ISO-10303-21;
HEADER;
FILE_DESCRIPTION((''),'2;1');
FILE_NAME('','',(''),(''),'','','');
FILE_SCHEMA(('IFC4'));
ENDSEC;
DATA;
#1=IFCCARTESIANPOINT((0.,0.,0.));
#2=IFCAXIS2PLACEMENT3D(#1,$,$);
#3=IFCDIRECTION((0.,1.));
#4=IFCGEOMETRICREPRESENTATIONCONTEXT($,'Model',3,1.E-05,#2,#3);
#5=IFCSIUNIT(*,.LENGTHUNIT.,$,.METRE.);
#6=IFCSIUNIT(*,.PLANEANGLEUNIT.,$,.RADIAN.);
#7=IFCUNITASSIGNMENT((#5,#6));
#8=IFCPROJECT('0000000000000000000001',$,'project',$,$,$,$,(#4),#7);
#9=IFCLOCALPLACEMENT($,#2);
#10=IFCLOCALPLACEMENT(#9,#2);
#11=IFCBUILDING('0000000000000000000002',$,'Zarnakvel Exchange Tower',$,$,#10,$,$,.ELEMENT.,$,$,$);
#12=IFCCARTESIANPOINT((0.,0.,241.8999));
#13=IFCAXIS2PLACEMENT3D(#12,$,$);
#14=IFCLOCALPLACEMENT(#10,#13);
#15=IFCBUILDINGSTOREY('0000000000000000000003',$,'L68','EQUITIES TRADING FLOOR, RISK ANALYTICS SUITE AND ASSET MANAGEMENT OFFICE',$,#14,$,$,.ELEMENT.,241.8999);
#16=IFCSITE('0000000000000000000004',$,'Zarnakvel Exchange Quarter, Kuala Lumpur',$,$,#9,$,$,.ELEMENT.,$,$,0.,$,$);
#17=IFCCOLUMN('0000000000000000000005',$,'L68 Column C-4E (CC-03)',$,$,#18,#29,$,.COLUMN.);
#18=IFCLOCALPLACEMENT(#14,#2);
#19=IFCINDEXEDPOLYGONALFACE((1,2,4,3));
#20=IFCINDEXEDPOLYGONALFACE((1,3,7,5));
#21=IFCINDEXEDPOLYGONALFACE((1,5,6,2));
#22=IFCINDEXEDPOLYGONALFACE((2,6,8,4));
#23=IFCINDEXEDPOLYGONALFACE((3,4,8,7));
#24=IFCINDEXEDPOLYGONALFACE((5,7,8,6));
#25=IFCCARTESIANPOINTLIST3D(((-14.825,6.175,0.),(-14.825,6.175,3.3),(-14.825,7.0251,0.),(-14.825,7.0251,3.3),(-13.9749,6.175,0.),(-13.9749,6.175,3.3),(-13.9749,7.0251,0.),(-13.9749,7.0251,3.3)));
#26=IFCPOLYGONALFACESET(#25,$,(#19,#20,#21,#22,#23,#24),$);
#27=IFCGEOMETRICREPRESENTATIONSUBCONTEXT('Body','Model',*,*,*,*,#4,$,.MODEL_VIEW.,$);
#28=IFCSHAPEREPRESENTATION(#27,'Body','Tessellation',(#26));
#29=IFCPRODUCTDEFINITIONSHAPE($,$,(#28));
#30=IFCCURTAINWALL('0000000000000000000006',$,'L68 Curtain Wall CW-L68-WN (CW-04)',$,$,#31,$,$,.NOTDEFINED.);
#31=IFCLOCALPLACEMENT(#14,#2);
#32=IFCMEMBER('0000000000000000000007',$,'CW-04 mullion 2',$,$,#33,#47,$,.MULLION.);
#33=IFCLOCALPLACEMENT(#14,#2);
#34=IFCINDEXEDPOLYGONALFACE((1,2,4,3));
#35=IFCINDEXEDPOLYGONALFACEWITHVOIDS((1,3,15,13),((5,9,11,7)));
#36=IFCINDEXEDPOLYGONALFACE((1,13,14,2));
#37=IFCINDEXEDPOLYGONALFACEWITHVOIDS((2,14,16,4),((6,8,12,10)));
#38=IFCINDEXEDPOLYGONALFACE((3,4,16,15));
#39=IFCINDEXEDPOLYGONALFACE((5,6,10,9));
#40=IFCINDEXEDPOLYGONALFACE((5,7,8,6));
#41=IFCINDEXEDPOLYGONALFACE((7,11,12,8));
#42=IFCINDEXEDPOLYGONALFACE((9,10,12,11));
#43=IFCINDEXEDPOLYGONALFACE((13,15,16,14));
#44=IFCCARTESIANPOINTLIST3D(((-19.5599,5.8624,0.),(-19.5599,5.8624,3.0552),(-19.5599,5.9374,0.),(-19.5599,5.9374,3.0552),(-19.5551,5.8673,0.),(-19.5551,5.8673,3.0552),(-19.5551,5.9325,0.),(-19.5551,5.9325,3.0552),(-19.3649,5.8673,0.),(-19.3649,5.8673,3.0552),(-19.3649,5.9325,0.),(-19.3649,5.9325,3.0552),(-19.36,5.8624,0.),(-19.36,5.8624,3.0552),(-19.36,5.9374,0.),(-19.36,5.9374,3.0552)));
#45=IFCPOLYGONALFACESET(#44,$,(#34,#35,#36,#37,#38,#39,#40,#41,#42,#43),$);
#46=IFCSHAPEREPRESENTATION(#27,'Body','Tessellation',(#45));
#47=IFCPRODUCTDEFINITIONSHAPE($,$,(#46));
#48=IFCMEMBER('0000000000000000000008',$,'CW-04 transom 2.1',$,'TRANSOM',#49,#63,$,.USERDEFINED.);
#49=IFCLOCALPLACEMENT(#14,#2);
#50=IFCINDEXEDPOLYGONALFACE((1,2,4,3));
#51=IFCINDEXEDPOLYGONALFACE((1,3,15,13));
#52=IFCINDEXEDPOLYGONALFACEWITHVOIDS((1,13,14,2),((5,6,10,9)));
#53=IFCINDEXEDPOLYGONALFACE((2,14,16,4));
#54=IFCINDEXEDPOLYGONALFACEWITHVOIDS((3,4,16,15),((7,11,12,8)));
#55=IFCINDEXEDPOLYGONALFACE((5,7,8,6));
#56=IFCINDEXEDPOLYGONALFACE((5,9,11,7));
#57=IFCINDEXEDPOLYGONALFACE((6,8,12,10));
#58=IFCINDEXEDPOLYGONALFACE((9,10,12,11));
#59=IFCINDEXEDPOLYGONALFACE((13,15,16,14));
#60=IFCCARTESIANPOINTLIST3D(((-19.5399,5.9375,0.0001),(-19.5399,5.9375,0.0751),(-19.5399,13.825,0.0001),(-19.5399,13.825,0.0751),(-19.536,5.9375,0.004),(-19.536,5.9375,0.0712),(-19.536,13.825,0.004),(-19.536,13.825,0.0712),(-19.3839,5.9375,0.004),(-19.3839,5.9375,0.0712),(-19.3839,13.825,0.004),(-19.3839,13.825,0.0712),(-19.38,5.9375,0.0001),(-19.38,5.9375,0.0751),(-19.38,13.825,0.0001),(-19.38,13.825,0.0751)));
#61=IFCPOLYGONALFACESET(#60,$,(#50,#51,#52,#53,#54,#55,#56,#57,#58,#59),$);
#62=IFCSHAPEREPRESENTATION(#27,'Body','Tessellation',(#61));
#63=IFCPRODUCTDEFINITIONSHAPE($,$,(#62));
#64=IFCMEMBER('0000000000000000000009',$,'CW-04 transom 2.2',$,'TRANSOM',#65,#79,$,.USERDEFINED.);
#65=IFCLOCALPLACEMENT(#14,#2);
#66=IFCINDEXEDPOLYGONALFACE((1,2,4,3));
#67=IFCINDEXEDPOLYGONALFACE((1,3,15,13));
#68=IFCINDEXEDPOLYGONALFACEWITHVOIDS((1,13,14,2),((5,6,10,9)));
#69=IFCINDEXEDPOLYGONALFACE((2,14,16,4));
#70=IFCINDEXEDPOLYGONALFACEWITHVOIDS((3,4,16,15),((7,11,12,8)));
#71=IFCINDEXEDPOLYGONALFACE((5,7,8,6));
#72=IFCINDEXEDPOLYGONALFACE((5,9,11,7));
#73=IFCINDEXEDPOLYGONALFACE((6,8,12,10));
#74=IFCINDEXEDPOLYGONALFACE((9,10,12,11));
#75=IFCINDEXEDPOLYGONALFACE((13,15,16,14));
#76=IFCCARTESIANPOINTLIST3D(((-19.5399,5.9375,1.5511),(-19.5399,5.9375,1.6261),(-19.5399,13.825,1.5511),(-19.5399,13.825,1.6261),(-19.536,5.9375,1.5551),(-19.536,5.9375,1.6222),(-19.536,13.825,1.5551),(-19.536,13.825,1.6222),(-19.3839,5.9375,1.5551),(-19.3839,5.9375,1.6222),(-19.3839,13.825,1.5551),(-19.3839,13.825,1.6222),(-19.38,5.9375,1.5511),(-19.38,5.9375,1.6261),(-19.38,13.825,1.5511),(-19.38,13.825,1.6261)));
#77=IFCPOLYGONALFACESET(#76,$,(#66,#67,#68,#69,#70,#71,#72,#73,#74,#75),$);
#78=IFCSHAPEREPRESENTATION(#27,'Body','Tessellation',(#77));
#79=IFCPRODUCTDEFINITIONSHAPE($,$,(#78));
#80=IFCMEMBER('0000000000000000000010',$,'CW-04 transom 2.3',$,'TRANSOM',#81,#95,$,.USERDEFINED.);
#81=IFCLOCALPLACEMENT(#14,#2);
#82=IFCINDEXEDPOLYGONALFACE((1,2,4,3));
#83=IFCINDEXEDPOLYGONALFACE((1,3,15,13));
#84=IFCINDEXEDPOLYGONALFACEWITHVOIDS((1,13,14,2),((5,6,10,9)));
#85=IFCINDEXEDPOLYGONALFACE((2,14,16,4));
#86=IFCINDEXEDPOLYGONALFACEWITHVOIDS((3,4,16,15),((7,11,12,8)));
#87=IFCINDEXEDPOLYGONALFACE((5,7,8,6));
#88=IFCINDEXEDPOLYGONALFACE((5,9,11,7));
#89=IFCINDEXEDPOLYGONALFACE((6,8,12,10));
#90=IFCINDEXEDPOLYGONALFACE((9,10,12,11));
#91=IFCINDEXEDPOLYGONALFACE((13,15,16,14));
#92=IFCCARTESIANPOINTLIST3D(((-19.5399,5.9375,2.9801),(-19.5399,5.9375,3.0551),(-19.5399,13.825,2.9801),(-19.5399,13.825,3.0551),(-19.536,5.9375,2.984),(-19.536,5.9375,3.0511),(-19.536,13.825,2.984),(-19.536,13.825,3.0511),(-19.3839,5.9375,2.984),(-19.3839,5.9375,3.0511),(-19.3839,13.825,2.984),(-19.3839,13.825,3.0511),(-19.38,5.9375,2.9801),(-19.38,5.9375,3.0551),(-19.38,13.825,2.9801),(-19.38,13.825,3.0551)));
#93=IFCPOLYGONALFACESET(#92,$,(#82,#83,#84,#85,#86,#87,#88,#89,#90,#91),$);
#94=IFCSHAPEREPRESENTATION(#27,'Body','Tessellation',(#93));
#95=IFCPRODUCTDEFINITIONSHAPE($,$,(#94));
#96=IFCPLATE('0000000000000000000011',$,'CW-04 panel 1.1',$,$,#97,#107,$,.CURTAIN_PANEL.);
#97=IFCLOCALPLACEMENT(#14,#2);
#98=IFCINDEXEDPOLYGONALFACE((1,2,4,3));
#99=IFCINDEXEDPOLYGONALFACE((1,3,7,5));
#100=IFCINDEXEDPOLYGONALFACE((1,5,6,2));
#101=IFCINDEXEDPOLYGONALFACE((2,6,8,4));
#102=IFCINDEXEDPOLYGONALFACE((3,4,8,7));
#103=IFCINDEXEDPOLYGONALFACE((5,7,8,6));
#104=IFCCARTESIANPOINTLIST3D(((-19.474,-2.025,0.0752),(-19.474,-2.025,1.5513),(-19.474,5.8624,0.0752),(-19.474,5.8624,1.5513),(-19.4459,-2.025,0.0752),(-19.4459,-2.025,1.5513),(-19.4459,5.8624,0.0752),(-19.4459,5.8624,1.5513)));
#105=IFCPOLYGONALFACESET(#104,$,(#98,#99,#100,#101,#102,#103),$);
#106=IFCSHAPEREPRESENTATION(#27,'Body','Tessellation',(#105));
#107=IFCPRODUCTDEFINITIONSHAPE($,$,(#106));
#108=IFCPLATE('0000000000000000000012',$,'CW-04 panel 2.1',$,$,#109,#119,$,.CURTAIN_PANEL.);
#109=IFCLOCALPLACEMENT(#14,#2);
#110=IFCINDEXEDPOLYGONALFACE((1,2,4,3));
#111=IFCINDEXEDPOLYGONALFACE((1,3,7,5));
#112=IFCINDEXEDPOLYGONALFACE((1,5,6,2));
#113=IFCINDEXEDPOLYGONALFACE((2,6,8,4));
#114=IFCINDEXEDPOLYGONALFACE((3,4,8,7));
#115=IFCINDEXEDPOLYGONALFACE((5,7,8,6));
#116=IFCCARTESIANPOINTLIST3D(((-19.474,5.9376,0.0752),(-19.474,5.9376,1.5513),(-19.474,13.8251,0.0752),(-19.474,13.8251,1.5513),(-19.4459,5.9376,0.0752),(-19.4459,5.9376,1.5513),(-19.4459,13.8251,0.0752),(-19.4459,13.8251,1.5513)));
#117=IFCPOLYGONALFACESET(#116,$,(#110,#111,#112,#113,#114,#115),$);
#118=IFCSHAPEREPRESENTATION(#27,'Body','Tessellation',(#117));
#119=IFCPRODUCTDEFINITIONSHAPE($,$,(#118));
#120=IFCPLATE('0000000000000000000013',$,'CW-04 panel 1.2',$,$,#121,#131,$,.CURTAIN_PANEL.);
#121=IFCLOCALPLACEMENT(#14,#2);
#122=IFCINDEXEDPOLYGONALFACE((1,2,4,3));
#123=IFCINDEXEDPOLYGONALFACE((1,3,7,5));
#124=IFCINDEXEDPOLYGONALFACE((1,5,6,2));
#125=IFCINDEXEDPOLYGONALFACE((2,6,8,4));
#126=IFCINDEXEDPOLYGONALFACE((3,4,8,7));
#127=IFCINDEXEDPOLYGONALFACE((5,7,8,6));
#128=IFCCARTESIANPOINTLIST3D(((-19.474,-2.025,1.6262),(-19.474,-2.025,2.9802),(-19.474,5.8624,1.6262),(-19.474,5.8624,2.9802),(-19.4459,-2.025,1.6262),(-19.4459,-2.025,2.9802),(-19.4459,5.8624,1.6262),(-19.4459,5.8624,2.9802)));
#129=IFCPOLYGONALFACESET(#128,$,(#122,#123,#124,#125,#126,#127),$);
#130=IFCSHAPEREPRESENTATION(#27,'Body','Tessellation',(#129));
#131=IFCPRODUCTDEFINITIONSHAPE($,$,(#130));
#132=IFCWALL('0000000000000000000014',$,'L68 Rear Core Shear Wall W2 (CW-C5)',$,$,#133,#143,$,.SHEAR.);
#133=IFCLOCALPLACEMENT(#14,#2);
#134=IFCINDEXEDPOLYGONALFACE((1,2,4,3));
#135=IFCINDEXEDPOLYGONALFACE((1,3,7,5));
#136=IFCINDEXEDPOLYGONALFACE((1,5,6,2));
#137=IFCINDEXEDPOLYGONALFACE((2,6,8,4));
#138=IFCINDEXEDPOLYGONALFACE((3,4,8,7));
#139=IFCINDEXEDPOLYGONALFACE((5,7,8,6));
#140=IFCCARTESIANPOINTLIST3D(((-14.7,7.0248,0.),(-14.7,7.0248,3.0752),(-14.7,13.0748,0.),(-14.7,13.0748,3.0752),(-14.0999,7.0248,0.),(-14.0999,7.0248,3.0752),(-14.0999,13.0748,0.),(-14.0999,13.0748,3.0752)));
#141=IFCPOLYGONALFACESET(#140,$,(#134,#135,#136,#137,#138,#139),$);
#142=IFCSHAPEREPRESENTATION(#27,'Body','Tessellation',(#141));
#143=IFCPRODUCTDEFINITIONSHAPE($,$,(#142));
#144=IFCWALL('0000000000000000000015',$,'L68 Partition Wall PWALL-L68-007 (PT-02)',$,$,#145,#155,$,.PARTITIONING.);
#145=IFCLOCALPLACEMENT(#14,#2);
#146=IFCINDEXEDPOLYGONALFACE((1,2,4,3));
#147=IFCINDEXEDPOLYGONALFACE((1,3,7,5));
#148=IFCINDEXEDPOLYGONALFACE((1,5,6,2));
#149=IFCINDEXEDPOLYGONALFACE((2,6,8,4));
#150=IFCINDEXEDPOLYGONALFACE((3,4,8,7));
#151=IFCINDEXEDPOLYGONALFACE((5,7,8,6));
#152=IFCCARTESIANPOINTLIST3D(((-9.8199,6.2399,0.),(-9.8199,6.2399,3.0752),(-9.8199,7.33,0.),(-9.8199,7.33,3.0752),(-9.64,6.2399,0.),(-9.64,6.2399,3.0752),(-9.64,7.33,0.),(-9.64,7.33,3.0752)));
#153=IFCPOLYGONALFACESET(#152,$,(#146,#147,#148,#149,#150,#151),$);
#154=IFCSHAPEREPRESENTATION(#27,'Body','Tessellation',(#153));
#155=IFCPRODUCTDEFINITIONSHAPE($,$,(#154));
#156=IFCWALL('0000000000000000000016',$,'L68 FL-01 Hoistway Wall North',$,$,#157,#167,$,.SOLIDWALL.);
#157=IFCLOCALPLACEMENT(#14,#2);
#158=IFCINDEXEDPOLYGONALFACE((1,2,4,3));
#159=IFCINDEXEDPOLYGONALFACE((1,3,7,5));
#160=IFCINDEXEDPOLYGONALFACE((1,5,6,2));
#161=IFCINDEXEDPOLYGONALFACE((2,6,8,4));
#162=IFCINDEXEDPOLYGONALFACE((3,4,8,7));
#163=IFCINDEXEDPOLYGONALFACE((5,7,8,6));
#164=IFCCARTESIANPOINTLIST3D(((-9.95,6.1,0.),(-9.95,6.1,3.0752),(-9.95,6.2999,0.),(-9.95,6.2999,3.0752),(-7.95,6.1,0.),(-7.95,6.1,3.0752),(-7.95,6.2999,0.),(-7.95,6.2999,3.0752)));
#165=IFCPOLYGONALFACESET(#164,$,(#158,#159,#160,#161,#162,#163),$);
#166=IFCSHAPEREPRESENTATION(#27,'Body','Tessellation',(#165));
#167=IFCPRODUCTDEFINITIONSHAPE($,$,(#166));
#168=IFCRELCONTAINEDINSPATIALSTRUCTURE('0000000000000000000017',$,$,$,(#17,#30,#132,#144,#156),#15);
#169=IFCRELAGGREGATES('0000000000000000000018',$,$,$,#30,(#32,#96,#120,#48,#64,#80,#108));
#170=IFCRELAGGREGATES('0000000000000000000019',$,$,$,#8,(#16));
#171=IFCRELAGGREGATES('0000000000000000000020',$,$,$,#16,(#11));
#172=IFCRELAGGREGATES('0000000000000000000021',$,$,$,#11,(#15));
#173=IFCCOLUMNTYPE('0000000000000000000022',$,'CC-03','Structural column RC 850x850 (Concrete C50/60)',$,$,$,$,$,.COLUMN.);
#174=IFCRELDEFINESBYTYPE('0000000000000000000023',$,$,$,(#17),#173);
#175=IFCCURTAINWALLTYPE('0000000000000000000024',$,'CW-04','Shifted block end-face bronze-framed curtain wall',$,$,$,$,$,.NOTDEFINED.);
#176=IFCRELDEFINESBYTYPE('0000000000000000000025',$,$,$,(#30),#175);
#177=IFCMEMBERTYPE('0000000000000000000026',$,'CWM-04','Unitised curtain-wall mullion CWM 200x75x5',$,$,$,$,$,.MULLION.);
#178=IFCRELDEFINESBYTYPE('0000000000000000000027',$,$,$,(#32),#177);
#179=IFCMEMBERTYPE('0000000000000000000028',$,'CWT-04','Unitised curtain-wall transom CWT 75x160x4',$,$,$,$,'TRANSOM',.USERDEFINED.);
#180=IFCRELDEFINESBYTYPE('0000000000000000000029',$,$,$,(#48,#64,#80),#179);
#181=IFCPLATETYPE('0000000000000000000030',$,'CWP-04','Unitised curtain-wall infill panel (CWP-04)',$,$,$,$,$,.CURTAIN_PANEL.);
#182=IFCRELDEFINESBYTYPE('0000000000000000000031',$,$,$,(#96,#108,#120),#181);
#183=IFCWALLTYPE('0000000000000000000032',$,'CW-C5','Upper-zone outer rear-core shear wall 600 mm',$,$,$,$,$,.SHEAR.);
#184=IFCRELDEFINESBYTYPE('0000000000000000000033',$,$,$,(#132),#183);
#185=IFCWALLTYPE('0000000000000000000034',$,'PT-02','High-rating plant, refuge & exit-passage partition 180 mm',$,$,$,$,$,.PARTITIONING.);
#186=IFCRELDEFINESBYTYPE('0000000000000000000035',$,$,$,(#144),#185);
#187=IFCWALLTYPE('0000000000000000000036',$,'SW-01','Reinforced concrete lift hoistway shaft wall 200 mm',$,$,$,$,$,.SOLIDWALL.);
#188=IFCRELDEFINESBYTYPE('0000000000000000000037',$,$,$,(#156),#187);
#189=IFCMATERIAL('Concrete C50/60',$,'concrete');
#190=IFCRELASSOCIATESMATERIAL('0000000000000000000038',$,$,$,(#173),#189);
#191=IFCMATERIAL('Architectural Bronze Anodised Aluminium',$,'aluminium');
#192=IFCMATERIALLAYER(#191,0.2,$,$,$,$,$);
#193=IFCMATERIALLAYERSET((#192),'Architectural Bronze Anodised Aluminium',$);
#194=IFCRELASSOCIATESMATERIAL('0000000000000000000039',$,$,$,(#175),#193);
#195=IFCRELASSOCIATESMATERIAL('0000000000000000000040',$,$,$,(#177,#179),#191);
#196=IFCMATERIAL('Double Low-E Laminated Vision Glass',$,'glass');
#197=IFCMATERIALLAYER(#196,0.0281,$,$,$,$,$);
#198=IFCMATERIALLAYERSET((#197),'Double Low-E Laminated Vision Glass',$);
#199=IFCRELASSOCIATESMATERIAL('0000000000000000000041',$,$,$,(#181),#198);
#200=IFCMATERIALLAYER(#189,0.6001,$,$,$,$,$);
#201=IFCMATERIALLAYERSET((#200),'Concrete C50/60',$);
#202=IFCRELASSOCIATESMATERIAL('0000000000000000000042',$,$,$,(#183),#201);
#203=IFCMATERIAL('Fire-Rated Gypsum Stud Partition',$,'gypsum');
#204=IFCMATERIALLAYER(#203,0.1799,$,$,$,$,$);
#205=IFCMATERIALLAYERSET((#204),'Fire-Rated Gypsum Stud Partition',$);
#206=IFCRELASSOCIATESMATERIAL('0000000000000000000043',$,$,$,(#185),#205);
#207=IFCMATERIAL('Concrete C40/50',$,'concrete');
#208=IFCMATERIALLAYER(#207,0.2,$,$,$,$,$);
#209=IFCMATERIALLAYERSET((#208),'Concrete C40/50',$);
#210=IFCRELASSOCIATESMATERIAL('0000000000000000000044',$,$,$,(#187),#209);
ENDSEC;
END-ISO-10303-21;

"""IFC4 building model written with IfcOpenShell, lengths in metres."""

from ifc_helpers import new_model, si_unit, direction, frame, frame_2d, origin, origin_2d, place, context, subcontext, project, spatial, rectangle, hollow_rectangle, extrude, source, transform, mapped, material, layer, layer_set, material_profile, profile_set, type_object, element, aggregate, save


model = new_model("IFC4")

# Units and contexts
model_context = context("Model", 3, precision=1e-05, world=origin(), true_north=direction((0.0, 1.0)))
body_context = subcontext(model_context, "Body", "Model", "MODEL_VIEW")
ifc_project = project(units=[si_unit("LENGTHUNIT", "METRE"), si_unit("PLANEANGLEUNIT", "RADIAN")], contexts=[model_context])

# Site, building, storey
site_placement = place(None, origin())
site = spatial("IfcSite", under=ifc_project, at=site_placement, Name="Zarnakvel Exchange Quarter, Kuala Lumpur", CompositionType="ELEMENT", RefElevation=0.0)
building_placement = place(site_placement, origin())
building = spatial("IfcBuilding", under=site, at=building_placement, Name="Zarnakvel Exchange Tower", CompositionType="ELEMENT")
storey_placement = place(building_placement, frame((0.0, 0.0, 241.8999)))
storey = spatial("IfcBuildingStorey", under=building, at=storey_placement, Name="L68", Description="EQUITIES TRADING FLOOR, RISK ANALYTICS SUITE AND ASSET MANAGEMENT OFFICE", CompositionType="ELEMENT", Elevation=241.8999)

# Column
ifc_material_1 = material(Name="Concrete C50/60", Category="concrete")
ifc_material_profile_1 = material_profile(ifc_material_1, rectangle(XDim=0.8501, YDim=0.8501, at=origin_2d()))
ifc_profile_set_1 = profile_set([ifc_material_profile_1], Name="Concrete C50/60")
column_type = type_object("IfcColumnType", Name="CC-03", Description="Structural column RC 850x850 (Concrete C50/60)", PredefinedType="COLUMN", material=ifc_profile_set_1)
column_placement = place(storey_placement, frame((-14.3999, 6.6001, 0.0), z_axis=(0.0, 0.0, 1.0), x_axis=(1.0, 0.0, 0.0)))
element("IfcColumn", 1, at=column_placement, inside=storey, type_object=column_type, Name="L68 Column C-4E (CC-03)", PredefinedType="COLUMN", context=body_context, shape_type="SweptSolid", body=[
    extrude(rectangle(XDim=0.8501, YDim=0.8501, at=origin_2d()), origin(), (0.0, 0.0, 1.0), 3.3),
])

# Curtain wall, members, plates
ifc_material_2 = material(Name="Architectural Bronze Anodised Aluminium", Category="aluminium")
ifc_layer_1 = layer(ifc_material_2, 0.2)
ifc_layer_set_1 = layer_set([ifc_layer_1], Name="Architectural Bronze Anodised Aluminium")
curtain_wall_type = type_object("IfcCurtainWallType", Name="CW-04", Description="Shifted block end-face bronze-framed curtain wall", PredefinedType="NOTDEFINED", material=ifc_layer_set_1)
curtain_wall_placement = place(storey_placement, origin())
curtain_wall = element("IfcCurtainWall", 2, at=curtain_wall_placement, inside=storey, type_object=curtain_wall_type, Name="L68 Curtain Wall CW-L68-WN (CW-04)", PredefinedType="NOTDEFINED")
ifc_material_profile_2 = material_profile(ifc_material_2, hollow_rectangle(XDim=0.2, YDim=0.075, WallThickness=0.0049, at=origin_2d()))
ifc_profile_set_2 = profile_set([ifc_material_profile_2], Name="Architectural Bronze Anodised Aluminium")
member_type_1 = type_object("IfcMemberType", Name="CWM-04", Description="Unitised curtain-wall mullion CWM 200x75x5", PredefinedType="MULLION", material=ifc_profile_set_2)
shared_shape_1 = source(origin(), body_context, "Body", "SweptSolid", [
    extrude(hollow_rectangle(XDim=0.2, YDim=0.075, WallThickness=0.0049, at=origin_2d()), origin(), (0.0, 0.0, 1.0), 3.0552),
])
member_1_placement = place(storey_placement, frame((-19.46, 5.8999, 0.0), z_axis=(0.0, 0.0, 1.0), x_axis=(-1.0, 0.0, 0.0)))
member_1 = element("IfcMember", 3, at=member_1_placement, type_object=member_type_1, Name="CW-04 mullion 2", PredefinedType="MULLION", context=body_context, shape_type="MappedRepresentation", body=[
    mapped(shared_shape_1, transform((0.0, 0.0, 0.0), x_axis=(1.0, 0.0, 0.0), y_axis=(0.0, 1.0, 0.0), z_axis=(0.0, 0.0, 1.0), scale=1.0)),
])
ifc_material_profile_3 = material_profile(ifc_material_2, hollow_rectangle(XDim=0.1599, YDim=0.075, WallThickness=0.0039, at=origin_2d()))
ifc_profile_set_3 = profile_set([ifc_material_profile_3], Name="Architectural Bronze Anodised Aluminium")
member_type_2 = type_object("IfcMemberType", Name="CWT-04", Description="Unitised curtain-wall transom CWT 75x160x4", ElementType="TRANSOM", PredefinedType="USERDEFINED", material=ifc_profile_set_3)
shared_shape_2 = source(origin(), body_context, "Body", "SweptSolid", [
    extrude(hollow_rectangle(XDim=0.1599, YDim=0.075, WallThickness=0.0039, at=origin_2d()), origin(), (0.0, 0.0, 1.0), 7.8875),
])
member_2_placement = place(storey_placement, frame((-19.46, 5.9375, 0.0376), z_axis=(0.0, 1.0, 0.0), x_axis=(-1.0, 0.0, 0.0)))
member_2 = element("IfcMember", 4, at=member_2_placement, type_object=member_type_2, Name="CW-04 transom 2.1", ObjectType="TRANSOM", PredefinedType="USERDEFINED", context=body_context, shape_type="MappedRepresentation", body=[
    mapped(shared_shape_2, transform((0.0, 0.0, 0.0), x_axis=(1.0, 0.0, 0.0), y_axis=(0.0, 1.0, 0.0), z_axis=(0.0, 0.0, 1.0), scale=1.0)),
])
member_3_placement = place(storey_placement, frame((-19.46, 5.9375, 1.5886), z_axis=(0.0, 1.0, 0.0), x_axis=(-1.0, 0.0, 0.0)))
member_3 = element("IfcMember", 5, at=member_3_placement, type_object=member_type_2, Name="CW-04 transom 2.2", ObjectType="TRANSOM", PredefinedType="USERDEFINED", context=body_context, shape_type="MappedRepresentation", body=[
    mapped(shared_shape_2, transform((0.0, 0.0, 0.0), x_axis=(1.0, 0.0, 0.0), y_axis=(0.0, 1.0, 0.0), z_axis=(0.0, 0.0, 1.0), scale=1.0)),
])
member_4_placement = place(storey_placement, frame((-19.46, 5.9375, 3.0176), z_axis=(0.0, 1.0, 0.0), x_axis=(-1.0, 0.0, 0.0)))
member_4 = element("IfcMember", 6, at=member_4_placement, type_object=member_type_2, Name="CW-04 transom 2.3", ObjectType="TRANSOM", PredefinedType="USERDEFINED", context=body_context, shape_type="MappedRepresentation", body=[
    mapped(shared_shape_2, transform((0.0, 0.0, 0.0), x_axis=(1.0, 0.0, 0.0), y_axis=(0.0, 1.0, 0.0), z_axis=(0.0, 0.0, 1.0), scale=1.0)),
])
ifc_material_3 = material(Name="Double Low-E Laminated Vision Glass", Category="glass")
ifc_layer_2 = layer(ifc_material_3, 0.0281)
ifc_layer_set_2 = layer_set([ifc_layer_2], Name="Double Low-E Laminated Vision Glass")
plate_type = type_object("IfcPlateType", Name="CWP-04", Description="Unitised curtain-wall infill panel (CWP-04)", PredefinedType="CURTAIN_PANEL", material=ifc_layer_set_2)
shared_shape_3 = source(origin(), body_context, "Body", "SweptSolid", [
    extrude(rectangle(XDim=7.8875, YDim=0.0281, at=origin_2d()), origin(), (0.0, 0.0, 1.0), 1.4761),
])
plate_1_placement = place(storey_placement, frame((-19.46, 1.9187, 0.0752), z_axis=(0.0, 0.0, 1.0), x_axis=(0.0, 1.0, 0.0)))
plate_1 = element("IfcPlate", 7, at=plate_1_placement, type_object=plate_type, Name="CW-04 panel 1.1", PredefinedType="CURTAIN_PANEL", context=body_context, shape_type="MappedRepresentation", body=[
    mapped(shared_shape_3, transform((0.0, 0.0, 0.0), x_axis=(1.0, 0.0, 0.0), y_axis=(0.0, 1.0, 0.0), z_axis=(0.0, 0.0, 1.0), scale=1.0)),
])
plate_2_placement = place(storey_placement, frame((-19.46, 9.8813, 0.0752), z_axis=(0.0, 0.0, 1.0), x_axis=(0.0, 1.0, 0.0)))
plate_2 = element("IfcPlate", 8, at=plate_2_placement, type_object=plate_type, Name="CW-04 panel 2.1", PredefinedType="CURTAIN_PANEL", context=body_context, shape_type="MappedRepresentation", body=[
    mapped(shared_shape_3, transform((0.0, 0.0, 0.0), x_axis=(1.0, 0.0, 0.0), y_axis=(0.0, 1.0, 0.0), z_axis=(0.0, 0.0, 1.0), scale=1.0)),
])
shared_shape_4 = source(origin(), body_context, "Body", "SweptSolid", [
    extrude(rectangle(XDim=7.8875, YDim=0.0281, at=origin_2d()), origin(), (0.0, 0.0, 1.0), 1.354),
])
plate_3_placement = place(storey_placement, frame((-19.46, 1.9187, 1.6262), z_axis=(0.0, 0.0, 1.0), x_axis=(0.0, 1.0, 0.0)))
plate_3 = element("IfcPlate", 9, at=plate_3_placement, type_object=plate_type, Name="CW-04 panel 1.2", PredefinedType="CURTAIN_PANEL", context=body_context, shape_type="MappedRepresentation", body=[
    mapped(shared_shape_4, transform((0.0, 0.0, 0.0), x_axis=(1.0, 0.0, 0.0), y_axis=(0.0, 1.0, 0.0), z_axis=(0.0, 0.0, 1.0), scale=1.0)),
])
aggregate(curtain_wall, [member_1, plate_1, plate_3, member_2, member_3, member_4, plate_2])

# Walls
ifc_layer_3 = layer(ifc_material_1, 0.6001)
ifc_layer_set_3 = layer_set([ifc_layer_3], Name="Concrete C50/60")
wall_type_1 = type_object("IfcWallType", Name="CW-C5", Description="Upper-zone outer rear-core shear wall 600 mm", PredefinedType="SHEAR", material=ifc_layer_set_3)
wall_1_placement = place(storey_placement, frame((-14.3999, 7.0249, 0.0), z_axis=(0.0, 0.0, 1.0), x_axis=(0.0, 1.0, 0.0)))
element("IfcWall", 10, at=wall_1_placement, inside=storey, type_object=wall_type_1, Name="L68 Rear Core Shear Wall W2 (CW-C5)", PredefinedType="SHEAR", context=body_context, shape_type="SweptSolid", body=[
    extrude(rectangle(XDim=6.05, YDim=0.6001, at=frame_2d((3.0249, 0.0))), origin(), (0.0, 0.0, 1.0), 3.0752),
])
ifc_material_4 = material(Name="Fire-Rated Gypsum Stud Partition", Category="gypsum")
ifc_layer_4 = layer(ifc_material_4, 0.1799)
ifc_layer_set_4 = layer_set([ifc_layer_4], Name="Fire-Rated Gypsum Stud Partition")
wall_type_2 = type_object("IfcWallType", Name="PT-02", Description="High-rating plant, refuge & exit-passage partition 180 mm", PredefinedType="PARTITIONING", material=ifc_layer_set_4)
wall_2_placement = place(storey_placement, frame((-9.73, 6.24, 0.0), z_axis=(0.0, 0.0, 1.0), x_axis=(0.0, 1.0, 0.0)))
element("IfcWall", 11, at=wall_2_placement, inside=storey, type_object=wall_type_2, Name="L68 Partition Wall PWALL-L68-007 (PT-02)", PredefinedType="PARTITIONING", context=body_context, shape_type="SweptSolid", body=[
    extrude(rectangle(XDim=1.0901, YDim=0.1799, at=frame_2d((0.5449, 0.0))), origin(), (0.0, 0.0, 1.0), 3.0752),
])
ifc_material_5 = material(Name="Concrete C40/50", Category="concrete")
ifc_layer_5 = layer(ifc_material_5, 0.2)
ifc_layer_set_5 = layer_set([ifc_layer_5], Name="Concrete C40/50")
wall_type_3 = type_object("IfcWallType", Name="SW-01", Description="Reinforced concrete lift hoistway shaft wall 200 mm", PredefinedType="SOLIDWALL", material=ifc_layer_set_5)
wall_3_placement = place(storey_placement, frame((-9.95, 6.2, 0.0), z_axis=(0.0, 0.0, 1.0), x_axis=(1.0, 0.0, 0.0)))
element("IfcWall", 12, at=wall_3_placement, inside=storey, type_object=wall_type_3, Name="L68 FL-01 Hoistway Wall North", PredefinedType="SOLIDWALL", context=body_context, shape_type="SweptSolid", body=[
    extrude(rectangle(XDim=2.0, YDim=0.2, at=frame_2d((1.0, 0.0))), origin(), (0.0, 0.0, 1.0), 3.0752),
])

save(model, "model.ifc")
